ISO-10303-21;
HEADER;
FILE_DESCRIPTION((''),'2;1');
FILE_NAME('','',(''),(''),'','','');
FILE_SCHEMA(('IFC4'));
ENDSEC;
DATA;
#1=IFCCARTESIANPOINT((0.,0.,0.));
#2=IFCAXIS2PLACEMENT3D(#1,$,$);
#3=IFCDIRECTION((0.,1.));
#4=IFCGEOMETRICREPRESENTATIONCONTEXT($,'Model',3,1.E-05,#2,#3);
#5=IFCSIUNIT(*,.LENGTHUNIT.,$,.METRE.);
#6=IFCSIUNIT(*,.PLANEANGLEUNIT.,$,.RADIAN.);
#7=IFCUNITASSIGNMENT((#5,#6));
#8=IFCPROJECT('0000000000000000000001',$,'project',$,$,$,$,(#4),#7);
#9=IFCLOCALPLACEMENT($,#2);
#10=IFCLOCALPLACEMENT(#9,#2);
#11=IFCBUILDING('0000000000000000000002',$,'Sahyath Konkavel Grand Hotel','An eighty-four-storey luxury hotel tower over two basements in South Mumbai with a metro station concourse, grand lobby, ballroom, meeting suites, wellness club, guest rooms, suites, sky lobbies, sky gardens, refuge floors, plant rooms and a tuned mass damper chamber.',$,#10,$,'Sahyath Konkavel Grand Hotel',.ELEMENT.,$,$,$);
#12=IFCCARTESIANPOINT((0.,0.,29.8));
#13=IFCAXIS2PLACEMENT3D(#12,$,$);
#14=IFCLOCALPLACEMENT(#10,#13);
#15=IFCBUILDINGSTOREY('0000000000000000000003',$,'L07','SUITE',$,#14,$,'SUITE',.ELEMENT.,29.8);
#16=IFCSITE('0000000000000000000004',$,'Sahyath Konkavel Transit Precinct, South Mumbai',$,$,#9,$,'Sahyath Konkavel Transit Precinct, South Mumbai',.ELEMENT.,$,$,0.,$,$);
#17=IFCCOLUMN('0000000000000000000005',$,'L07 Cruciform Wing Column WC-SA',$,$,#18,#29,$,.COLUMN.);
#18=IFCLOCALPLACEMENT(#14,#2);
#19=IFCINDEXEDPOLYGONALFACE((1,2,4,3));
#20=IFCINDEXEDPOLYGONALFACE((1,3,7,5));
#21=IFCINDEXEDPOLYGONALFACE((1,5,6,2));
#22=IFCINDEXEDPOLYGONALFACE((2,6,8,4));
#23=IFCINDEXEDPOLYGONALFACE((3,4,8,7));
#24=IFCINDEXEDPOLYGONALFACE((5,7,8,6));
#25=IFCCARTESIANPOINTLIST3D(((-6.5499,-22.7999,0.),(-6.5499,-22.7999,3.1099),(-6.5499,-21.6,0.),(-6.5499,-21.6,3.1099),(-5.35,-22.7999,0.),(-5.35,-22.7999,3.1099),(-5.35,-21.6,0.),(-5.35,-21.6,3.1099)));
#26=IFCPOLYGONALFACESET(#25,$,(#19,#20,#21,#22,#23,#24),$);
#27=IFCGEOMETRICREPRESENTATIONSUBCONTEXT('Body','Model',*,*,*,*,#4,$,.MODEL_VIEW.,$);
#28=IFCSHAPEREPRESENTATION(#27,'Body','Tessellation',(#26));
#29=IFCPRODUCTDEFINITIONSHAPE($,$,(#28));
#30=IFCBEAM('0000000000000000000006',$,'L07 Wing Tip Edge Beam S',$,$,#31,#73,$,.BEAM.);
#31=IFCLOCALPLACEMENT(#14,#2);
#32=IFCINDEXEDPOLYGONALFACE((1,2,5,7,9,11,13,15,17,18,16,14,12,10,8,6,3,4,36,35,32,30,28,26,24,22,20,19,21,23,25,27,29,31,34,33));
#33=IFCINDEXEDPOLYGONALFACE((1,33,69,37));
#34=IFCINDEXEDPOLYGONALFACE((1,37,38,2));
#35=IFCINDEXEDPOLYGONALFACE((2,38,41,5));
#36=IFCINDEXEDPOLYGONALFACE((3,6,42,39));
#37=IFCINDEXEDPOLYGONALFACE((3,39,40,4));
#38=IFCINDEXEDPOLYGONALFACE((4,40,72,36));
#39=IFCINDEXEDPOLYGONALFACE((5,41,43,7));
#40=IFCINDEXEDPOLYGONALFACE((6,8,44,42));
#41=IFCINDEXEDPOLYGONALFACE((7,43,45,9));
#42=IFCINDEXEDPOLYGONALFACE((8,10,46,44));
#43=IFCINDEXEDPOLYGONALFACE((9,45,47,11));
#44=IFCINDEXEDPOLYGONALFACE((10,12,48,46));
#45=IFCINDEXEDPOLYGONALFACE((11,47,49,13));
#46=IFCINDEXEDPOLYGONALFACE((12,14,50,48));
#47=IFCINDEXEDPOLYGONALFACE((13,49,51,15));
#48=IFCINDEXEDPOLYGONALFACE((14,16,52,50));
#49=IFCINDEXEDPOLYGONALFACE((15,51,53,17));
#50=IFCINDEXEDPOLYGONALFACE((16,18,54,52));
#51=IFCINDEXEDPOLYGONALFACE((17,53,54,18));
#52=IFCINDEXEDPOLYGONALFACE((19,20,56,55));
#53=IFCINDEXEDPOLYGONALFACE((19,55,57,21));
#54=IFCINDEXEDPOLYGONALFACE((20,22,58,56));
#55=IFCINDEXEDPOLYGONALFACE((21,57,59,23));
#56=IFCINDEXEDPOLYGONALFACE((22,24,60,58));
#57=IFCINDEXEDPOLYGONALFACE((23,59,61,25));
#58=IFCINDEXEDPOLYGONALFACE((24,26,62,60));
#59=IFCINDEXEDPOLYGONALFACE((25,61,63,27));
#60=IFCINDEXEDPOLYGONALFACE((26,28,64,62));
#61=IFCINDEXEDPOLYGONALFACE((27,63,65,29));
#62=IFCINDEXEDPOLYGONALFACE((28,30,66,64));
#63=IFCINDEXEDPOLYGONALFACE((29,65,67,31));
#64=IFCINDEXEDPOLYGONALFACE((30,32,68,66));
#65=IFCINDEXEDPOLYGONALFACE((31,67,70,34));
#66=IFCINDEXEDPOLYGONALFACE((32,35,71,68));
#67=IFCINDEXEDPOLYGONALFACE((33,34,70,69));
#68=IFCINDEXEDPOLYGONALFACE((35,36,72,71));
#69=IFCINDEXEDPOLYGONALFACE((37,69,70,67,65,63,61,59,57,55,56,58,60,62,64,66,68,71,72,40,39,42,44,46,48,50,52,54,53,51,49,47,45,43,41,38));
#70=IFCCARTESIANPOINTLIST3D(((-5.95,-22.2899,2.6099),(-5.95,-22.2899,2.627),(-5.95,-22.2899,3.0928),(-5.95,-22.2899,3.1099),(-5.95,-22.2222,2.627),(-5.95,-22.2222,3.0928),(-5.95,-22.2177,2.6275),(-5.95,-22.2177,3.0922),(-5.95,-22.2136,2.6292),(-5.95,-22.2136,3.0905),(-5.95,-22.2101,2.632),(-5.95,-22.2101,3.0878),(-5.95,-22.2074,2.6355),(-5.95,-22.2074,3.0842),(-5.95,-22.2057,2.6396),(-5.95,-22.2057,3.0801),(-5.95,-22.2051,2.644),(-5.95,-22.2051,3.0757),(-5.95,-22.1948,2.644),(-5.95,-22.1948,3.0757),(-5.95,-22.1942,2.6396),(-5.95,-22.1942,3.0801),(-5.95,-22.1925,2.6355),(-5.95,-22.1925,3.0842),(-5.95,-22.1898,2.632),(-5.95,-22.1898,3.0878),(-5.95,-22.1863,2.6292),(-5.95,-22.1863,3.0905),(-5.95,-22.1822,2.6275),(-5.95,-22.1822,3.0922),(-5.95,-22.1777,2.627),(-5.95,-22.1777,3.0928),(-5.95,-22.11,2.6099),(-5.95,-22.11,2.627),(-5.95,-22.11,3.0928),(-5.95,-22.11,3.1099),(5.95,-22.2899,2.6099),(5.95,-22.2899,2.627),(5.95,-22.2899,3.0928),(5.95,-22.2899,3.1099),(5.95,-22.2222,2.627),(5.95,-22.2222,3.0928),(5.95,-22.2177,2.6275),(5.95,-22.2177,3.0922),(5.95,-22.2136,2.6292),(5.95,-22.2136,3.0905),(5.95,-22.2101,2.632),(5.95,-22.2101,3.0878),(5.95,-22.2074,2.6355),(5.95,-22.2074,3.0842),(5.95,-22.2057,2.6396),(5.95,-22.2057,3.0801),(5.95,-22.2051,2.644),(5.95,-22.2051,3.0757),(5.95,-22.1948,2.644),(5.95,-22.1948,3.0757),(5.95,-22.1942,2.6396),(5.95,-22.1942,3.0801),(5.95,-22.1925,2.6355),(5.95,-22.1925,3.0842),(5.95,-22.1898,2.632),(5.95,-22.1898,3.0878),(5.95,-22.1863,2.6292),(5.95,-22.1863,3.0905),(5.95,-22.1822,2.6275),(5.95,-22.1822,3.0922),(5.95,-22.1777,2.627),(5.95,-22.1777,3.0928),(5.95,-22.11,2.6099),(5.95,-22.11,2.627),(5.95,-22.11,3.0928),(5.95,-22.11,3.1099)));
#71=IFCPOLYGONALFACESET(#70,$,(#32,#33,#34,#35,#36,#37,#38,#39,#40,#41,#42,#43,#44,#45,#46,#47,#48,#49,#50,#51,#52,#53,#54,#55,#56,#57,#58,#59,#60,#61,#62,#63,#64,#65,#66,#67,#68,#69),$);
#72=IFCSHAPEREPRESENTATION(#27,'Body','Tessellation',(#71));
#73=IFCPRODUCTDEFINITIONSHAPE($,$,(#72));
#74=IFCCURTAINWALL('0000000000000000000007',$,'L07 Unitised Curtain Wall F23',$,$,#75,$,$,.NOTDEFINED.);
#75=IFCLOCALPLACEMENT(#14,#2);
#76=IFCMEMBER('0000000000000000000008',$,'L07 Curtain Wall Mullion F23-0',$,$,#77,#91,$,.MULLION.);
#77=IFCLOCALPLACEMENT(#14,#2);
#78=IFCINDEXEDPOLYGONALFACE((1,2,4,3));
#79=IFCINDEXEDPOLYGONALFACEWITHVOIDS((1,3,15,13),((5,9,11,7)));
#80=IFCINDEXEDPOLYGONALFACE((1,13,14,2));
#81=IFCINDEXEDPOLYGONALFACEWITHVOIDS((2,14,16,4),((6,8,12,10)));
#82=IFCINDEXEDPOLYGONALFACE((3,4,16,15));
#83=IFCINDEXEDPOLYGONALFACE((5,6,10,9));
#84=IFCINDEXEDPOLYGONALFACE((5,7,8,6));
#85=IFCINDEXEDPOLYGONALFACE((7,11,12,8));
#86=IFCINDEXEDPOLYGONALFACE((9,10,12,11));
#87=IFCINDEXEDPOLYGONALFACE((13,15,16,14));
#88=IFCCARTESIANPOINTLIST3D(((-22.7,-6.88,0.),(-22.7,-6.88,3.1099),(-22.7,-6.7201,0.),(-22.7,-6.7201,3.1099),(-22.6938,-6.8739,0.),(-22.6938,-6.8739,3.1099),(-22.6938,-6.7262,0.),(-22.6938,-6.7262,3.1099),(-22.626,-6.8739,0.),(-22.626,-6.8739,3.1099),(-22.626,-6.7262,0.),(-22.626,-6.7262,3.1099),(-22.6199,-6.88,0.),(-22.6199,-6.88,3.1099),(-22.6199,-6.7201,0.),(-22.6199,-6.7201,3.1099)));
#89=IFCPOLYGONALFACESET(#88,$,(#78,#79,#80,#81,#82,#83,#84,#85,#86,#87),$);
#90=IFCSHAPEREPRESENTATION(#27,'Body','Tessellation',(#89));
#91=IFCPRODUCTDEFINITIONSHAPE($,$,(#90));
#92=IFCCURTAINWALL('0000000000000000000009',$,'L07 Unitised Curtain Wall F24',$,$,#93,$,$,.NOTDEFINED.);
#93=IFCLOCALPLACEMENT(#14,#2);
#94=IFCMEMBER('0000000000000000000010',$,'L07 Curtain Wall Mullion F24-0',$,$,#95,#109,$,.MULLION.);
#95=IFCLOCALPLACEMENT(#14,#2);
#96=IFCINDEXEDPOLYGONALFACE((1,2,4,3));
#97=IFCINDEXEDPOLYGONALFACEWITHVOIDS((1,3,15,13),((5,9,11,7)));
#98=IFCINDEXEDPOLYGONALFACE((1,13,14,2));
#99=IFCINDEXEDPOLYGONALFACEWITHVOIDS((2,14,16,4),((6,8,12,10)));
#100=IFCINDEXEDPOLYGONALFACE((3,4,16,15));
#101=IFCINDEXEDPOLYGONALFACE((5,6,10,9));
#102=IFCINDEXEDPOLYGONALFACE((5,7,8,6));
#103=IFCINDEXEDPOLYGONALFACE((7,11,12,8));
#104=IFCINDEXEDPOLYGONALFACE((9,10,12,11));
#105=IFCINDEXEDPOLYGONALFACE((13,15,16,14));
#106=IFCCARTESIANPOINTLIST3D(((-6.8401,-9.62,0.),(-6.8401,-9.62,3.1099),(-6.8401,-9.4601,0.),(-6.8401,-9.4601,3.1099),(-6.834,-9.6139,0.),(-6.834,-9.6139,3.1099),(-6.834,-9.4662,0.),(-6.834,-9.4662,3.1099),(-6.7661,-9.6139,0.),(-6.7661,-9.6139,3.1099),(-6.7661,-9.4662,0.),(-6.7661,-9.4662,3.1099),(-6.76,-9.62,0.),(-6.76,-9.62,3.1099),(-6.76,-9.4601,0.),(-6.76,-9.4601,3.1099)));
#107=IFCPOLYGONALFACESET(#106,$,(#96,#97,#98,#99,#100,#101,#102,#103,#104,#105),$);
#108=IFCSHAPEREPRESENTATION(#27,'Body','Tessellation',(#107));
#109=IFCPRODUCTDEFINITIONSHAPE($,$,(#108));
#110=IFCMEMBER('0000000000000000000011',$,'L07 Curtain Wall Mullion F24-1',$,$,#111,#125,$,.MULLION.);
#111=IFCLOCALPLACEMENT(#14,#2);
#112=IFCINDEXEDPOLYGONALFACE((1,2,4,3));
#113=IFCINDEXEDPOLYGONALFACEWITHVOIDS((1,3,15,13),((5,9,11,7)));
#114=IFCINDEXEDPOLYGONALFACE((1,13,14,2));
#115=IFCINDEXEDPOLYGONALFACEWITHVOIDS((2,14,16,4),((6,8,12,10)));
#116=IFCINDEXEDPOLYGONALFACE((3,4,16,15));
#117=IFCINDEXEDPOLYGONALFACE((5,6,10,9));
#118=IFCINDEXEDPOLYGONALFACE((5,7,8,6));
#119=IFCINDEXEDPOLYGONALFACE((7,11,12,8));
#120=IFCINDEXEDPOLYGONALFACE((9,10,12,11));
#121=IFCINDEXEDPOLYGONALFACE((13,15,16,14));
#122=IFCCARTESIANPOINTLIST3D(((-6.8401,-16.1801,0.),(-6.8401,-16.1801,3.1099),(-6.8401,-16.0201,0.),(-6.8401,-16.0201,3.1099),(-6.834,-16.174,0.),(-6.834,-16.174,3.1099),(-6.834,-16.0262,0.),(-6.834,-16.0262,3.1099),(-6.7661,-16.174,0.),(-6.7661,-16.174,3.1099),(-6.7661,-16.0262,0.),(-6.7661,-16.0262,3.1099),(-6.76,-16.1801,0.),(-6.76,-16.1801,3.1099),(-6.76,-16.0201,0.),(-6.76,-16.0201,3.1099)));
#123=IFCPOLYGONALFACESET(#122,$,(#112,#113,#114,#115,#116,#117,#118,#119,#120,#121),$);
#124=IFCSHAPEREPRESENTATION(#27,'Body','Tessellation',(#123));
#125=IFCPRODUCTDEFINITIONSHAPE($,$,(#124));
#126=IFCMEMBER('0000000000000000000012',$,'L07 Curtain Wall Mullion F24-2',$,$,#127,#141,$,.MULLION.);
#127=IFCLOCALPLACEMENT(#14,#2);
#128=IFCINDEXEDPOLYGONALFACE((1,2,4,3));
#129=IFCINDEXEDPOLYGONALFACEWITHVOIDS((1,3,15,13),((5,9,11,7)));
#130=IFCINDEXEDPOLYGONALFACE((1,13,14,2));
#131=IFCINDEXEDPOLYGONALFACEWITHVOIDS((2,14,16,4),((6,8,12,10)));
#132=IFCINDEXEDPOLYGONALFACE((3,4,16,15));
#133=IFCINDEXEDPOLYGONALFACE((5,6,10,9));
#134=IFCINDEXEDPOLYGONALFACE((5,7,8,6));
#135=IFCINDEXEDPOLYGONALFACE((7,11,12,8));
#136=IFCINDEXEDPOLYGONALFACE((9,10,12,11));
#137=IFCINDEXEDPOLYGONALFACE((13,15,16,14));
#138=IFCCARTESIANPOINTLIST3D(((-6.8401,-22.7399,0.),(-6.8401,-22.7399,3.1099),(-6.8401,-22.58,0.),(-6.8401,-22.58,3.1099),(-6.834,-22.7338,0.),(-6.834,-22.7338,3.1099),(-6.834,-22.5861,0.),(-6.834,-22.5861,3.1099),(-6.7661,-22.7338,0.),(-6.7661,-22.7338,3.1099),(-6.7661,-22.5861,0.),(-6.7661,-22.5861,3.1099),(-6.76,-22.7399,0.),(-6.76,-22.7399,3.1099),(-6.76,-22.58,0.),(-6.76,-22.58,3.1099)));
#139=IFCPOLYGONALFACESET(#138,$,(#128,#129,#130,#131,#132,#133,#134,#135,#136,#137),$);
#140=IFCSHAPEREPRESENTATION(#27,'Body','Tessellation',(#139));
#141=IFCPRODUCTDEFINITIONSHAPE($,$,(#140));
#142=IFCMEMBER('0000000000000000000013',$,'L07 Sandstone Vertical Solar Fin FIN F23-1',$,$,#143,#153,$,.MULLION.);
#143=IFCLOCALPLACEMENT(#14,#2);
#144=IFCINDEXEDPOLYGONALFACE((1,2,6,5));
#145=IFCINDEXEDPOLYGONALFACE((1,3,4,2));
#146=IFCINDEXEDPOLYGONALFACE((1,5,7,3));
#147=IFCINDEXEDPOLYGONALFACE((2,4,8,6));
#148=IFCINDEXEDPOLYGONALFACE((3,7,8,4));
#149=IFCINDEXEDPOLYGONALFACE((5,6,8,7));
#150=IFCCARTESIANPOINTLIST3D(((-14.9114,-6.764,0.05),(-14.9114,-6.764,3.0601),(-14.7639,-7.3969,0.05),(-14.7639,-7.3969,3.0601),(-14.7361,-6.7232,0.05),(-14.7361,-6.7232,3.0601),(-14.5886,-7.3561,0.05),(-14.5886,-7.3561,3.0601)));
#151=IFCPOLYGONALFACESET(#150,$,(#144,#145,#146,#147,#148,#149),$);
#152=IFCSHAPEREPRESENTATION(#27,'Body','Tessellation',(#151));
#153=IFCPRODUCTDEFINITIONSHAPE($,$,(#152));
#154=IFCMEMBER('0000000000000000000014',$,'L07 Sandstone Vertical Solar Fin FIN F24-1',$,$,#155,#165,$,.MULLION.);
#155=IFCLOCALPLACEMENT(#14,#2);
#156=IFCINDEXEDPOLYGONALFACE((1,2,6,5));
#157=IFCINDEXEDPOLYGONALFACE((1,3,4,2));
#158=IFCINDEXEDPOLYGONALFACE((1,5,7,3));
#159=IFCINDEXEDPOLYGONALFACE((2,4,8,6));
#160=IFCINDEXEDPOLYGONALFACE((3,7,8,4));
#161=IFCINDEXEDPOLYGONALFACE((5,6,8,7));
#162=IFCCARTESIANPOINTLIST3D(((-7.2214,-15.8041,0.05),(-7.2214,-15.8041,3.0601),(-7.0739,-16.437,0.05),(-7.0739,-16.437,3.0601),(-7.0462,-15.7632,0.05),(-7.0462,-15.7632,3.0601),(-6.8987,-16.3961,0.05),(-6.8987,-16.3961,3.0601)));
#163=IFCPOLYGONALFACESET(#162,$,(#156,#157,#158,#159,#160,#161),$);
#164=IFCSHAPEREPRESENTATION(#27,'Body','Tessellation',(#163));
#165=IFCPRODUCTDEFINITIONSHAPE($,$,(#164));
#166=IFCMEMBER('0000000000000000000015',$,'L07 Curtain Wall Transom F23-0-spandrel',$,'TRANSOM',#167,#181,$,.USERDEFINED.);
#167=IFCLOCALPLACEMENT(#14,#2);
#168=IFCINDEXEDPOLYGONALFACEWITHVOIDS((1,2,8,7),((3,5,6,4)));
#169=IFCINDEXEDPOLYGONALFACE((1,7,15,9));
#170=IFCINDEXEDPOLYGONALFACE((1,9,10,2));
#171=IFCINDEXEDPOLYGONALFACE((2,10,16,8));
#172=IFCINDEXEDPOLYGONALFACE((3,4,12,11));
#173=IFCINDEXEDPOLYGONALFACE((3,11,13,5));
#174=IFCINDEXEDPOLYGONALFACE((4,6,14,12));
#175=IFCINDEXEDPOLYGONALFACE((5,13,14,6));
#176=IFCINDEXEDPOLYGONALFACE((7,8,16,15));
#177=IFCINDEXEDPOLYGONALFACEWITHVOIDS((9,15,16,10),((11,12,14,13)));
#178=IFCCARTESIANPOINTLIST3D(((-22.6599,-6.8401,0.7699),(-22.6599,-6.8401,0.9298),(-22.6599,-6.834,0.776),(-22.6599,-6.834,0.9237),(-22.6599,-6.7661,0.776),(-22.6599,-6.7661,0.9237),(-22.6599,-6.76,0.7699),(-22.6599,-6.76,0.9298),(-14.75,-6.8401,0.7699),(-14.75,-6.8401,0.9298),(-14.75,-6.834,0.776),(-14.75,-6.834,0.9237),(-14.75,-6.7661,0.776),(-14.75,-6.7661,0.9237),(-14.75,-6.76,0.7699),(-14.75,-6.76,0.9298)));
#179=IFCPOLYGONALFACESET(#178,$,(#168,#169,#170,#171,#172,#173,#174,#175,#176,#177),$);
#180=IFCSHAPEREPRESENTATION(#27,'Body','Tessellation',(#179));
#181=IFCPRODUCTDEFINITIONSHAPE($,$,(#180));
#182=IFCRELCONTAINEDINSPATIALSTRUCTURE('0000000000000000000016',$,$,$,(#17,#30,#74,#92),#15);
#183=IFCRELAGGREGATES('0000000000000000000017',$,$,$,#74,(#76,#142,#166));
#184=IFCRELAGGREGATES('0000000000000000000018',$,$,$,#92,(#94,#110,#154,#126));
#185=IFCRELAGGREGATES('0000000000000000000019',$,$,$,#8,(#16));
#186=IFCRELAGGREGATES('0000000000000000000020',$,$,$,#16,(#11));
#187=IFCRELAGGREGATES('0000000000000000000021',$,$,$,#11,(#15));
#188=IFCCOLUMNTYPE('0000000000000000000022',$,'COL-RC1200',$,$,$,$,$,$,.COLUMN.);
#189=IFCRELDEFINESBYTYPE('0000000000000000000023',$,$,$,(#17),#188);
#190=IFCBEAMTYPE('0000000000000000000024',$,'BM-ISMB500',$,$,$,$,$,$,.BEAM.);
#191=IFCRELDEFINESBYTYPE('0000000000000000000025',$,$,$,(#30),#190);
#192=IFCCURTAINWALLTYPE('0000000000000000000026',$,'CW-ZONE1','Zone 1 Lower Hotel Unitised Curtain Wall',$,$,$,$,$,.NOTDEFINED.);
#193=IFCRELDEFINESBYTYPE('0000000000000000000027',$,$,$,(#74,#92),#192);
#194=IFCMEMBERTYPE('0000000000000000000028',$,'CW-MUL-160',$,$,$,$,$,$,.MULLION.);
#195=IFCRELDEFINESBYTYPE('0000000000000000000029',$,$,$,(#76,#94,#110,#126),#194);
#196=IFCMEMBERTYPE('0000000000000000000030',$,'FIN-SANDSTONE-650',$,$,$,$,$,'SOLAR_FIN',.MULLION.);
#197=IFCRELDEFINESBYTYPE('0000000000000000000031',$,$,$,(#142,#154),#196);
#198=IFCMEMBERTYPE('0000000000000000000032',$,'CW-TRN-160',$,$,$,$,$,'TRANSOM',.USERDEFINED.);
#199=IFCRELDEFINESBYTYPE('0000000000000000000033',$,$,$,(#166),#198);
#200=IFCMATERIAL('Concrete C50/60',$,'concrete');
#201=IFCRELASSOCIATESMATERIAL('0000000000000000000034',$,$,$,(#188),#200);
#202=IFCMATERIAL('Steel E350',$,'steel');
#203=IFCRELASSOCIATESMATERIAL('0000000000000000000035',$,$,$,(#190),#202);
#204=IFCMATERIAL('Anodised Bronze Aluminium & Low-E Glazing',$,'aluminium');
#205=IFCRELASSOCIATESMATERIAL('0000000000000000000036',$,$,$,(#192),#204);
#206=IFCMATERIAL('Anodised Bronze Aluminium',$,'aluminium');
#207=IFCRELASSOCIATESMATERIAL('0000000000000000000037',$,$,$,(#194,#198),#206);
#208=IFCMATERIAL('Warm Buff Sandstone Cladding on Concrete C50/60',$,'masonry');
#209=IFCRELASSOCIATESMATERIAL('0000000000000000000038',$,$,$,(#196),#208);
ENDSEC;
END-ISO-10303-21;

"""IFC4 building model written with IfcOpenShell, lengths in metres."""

from ifc_helpers import new_model, si_unit, direction, frame, origin, origin_2d, place, context, subcontext, project, spatial, rectangle, hollow_rectangle, i_section, extrude, source, transform, mapped, material, material_profile, profile_set, type_object, element, aggregate, save


model = new_model("IFC4")

# Units and contexts
model_context = context("Model", 3, precision=1e-05, world=origin(), true_north=direction((0.0, 1.0)))
body_context = subcontext(model_context, "Body", "Model", "MODEL_VIEW")
ifc_project = project(units=[si_unit("LENGTHUNIT", "METRE"), si_unit("PLANEANGLEUNIT", "RADIAN")], contexts=[model_context])

# Site, building, storey
site_placement = place(None, origin())
site = spatial("IfcSite", under=ifc_project, at=site_placement, Name="Sahyath Konkavel Transit Precinct, South Mumbai", LongName="Sahyath Konkavel Transit Precinct, South Mumbai", CompositionType="ELEMENT", RefElevation=0.0)
building_placement = place(site_placement, origin())
building = spatial("IfcBuilding", under=site, at=building_placement, Name="Sahyath Konkavel Grand Hotel", Description="An eighty-four-storey luxury hotel tower over two basements in South Mumbai with a metro station concourse, grand lobby, ballroom, meeting suites, wellness club, guest rooms, suites, sky lobbies, sky gardens, refuge floors, plant rooms and a tuned mass damper chamber.", LongName="Sahyath Konkavel Grand Hotel", CompositionType="ELEMENT")
storey_placement = place(building_placement, frame((0.0, 0.0, 29.8)))
storey = spatial("IfcBuildingStorey", under=building, at=storey_placement, Name="L07", Description="SUITE", LongName="SUITE", CompositionType="ELEMENT", Elevation=29.8)

# Column
ifc_material_1 = material(Name="Concrete C50/60", Category="concrete")
ifc_material_profile_1 = material_profile(ifc_material_1, rectangle(XDim=1.2, YDim=1.2, at=origin_2d()), Name="RC 1200x1200")
ifc_profile_set_1 = profile_set([ifc_material_profile_1], Name="Concrete C50/60")
column_type = type_object("IfcColumnType", Name="COL-RC1200", PredefinedType="COLUMN", material=ifc_profile_set_1)
shared_shape_1 = source(origin(), body_context, "Body", "SweptSolid", [
    extrude(rectangle(XDim=1.2, YDim=1.2, at=origin_2d()), origin(), (0.0, 0.0, 1.0), 3.1099),
])
column_placement = place(storey_placement, frame((-5.95, -22.2, 0.0), z_axis=(0.0, 0.0, 1.0), x_axis=(1.0, 0.0, 0.0)))
element("IfcColumn", 1, at=column_placement, inside=storey, type_object=column_type, Name="L07 Cruciform Wing Column WC-SA", PredefinedType="COLUMN", context=body_context, shape_type="MappedRepresentation", body=[
    mapped(shared_shape_1, transform((0.0, 0.0, 0.0), scale=1.0)),
])

# Beam
ifc_material_2 = material(Name="Steel E350", Category="steel")
ifc_material_profile_2 = material_profile(ifc_material_2, i_section(OverallWidth=0.1799, OverallDepth=0.5, WebThickness=0.0103, FlangeThickness=0.0171, FilletRadius=0.0171, at=origin_2d()), Name="ISMB 500")
ifc_profile_set_2 = profile_set([ifc_material_profile_2], Name="Steel E350")
beam_type = type_object("IfcBeamType", Name="BM-ISMB500", PredefinedType="BEAM", material=ifc_profile_set_2)
shared_shape_2 = source(origin(), body_context, "Body", "SweptSolid", [
    extrude(i_section(OverallWidth=0.1799, OverallDepth=0.5, WebThickness=0.0103, FlangeThickness=0.0171, FilletRadius=0.0171, at=origin_2d()), origin(), (0.0, 0.0, 1.0), 11.8999),
])
beam_placement = place(storey_placement, frame((-5.95, -22.2, 2.8599), z_axis=(1.0, 0.0, 0.0), x_axis=(0.0, 1.0, 0.0)))
element("IfcBeam", 2, at=beam_placement, inside=storey, type_object=beam_type, Name="L07 Wing Tip Edge Beam S", PredefinedType="BEAM", context=body_context, shape_type="MappedRepresentation", body=[
    mapped(shared_shape_2, transform((0.0, 0.0, 0.0), scale=1.0)),
])

# Curtain wall, member
ifc_material_3 = material(Name="Anodised Bronze Aluminium & Low-E Glazing", Category="aluminium")
curtain_wall_type = type_object("IfcCurtainWallType", Name="CW-ZONE1", Description="Zone 1 Lower Hotel Unitised Curtain Wall", PredefinedType="NOTDEFINED", material=ifc_material_3)
curtain_wall_1_placement = place(storey_placement, origin())
curtain_wall_1 = element("IfcCurtainWall", 3, at=curtain_wall_1_placement, inside=storey, type_object=curtain_wall_type, Name="L07 Unitised Curtain Wall F23", PredefinedType="NOTDEFINED")
ifc_material_4 = material(Name="Anodised Bronze Aluminium", Category="aluminium")
ifc_material_profile_3 = material_profile(ifc_material_4, hollow_rectangle(XDim=0.0801, YDim=0.1599, WallThickness=0.0061, at=origin_2d()), Name="RHS 160x80x6")
ifc_profile_set_3 = profile_set([ifc_material_profile_3], Name="Anodised Bronze Aluminium")
member_type_1 = type_object("IfcMemberType", Name="CW-MUL-160", PredefinedType="MULLION", material=ifc_profile_set_3)
shared_shape_3 = source(origin(), body_context, "Body", "SweptSolid", [
    extrude(hollow_rectangle(XDim=0.0801, YDim=0.1599, WallThickness=0.0061, at=origin_2d()), origin(), (0.0, 0.0, 1.0), 3.1099),
])
member_1_placement = place(storey_placement, frame((-22.6599, -6.8, 0.0), z_axis=(0.0, 0.0, 1.0), x_axis=(1.0, 0.0, 0.0)))
member_1 = element("IfcMember", 4, at=member_1_placement, type_object=member_type_1, Name="L07 Curtain Wall Mullion F23-0", PredefinedType="MULLION", context=body_context, shape_type="MappedRepresentation", body=[
    mapped(shared_shape_3, transform((0.0, 0.0, 0.0), scale=1.0)),
])

# Curtain wall, members
curtain_wall_2_placement = place(storey_placement, origin())
curtain_wall_2 = element("IfcCurtainWall", 5, at=curtain_wall_2_placement, inside=storey, type_object=curtain_wall_type, Name="L07 Unitised Curtain Wall F24", PredefinedType="NOTDEFINED")
member_2_placement = place(storey_placement, frame((-6.8, -9.54, 0.0), z_axis=(0.0, 0.0, 1.0), x_axis=(1.0, 0.0, 0.0)))
member_2 = element("IfcMember", 6, at=member_2_placement, type_object=member_type_1, Name="L07 Curtain Wall Mullion F24-0", PredefinedType="MULLION", context=body_context, shape_type="MappedRepresentation", body=[
    mapped(shared_shape_3, transform((0.0, 0.0, 0.0), scale=1.0)),
])
member_3_placement = place(storey_placement, frame((-6.8, -16.1001, 0.0), z_axis=(0.0, 0.0, 1.0), x_axis=(1.0, 0.0, 0.0)))
member_3 = element("IfcMember", 7, at=member_3_placement, type_object=member_type_1, Name="L07 Curtain Wall Mullion F24-1", PredefinedType="MULLION", context=body_context, shape_type="MappedRepresentation", body=[
    mapped(shared_shape_3, transform((0.0, 0.0, 0.0), scale=1.0)),
])
member_4_placement = place(storey_placement, frame((-6.8, -22.6599, 0.0), z_axis=(0.0, 0.0, 1.0), x_axis=(1.0, 0.0, 0.0)))
member_4 = element("IfcMember", 8, at=member_4_placement, type_object=member_type_1, Name="L07 Curtain Wall Mullion F24-2", PredefinedType="MULLION", context=body_context, shape_type="MappedRepresentation", body=[
    mapped(shared_shape_3, transform((0.0, 0.0, 0.0), scale=1.0)),
])

# Members
ifc_material_5 = material(Name="Warm Buff Sandstone Cladding on Concrete C50/60", Category="masonry")
ifc_material_profile_4 = material_profile(ifc_material_5, rectangle(XDim=0.1799, YDim=0.6499, at=origin_2d()), Name="FIN 180x650")
ifc_profile_set_4 = profile_set([ifc_material_profile_4], Name="Warm Buff Sandstone Cladding on Concrete C50/60")
member_type_2 = type_object("IfcMemberType", Name="FIN-SANDSTONE-650", ElementType="SOLAR_FIN", PredefinedType="MULLION", material=ifc_profile_set_4)
shared_shape_4 = source(origin(), body_context, "Body", "SweptSolid", [
    extrude(rectangle(XDim=0.1799, YDim=0.6499, at=origin_2d()), origin(), (0.0, 0.0, 1.0), 3.01),
])
member_5_placement = place(storey_placement, frame((-14.75, -7.0601, 0.05), z_axis=(0.0, 0.0, 1.0), x_axis=(0.973897, 0.226991, 0.0)))
member_5 = element("IfcMember", 9, at=member_5_placement, type_object=member_type_2, Name="L07 Sandstone Vertical Solar Fin FIN F23-1", PredefinedType="MULLION", context=body_context, shape_type="MappedRepresentation", body=[
    mapped(shared_shape_4, transform((0.0, 0.0, 0.0), scale=1.0)),
])
member_6_placement = place(storey_placement, frame((-7.0601, -16.1001, 0.05), z_axis=(0.0, 0.0, 1.0), x_axis=(0.973897, 0.226991, 0.0)))
member_6 = element("IfcMember", 10, at=member_6_placement, type_object=member_type_2, Name="L07 Sandstone Vertical Solar Fin FIN F24-1", PredefinedType="MULLION", context=body_context, shape_type="MappedRepresentation", body=[
    mapped(shared_shape_4, transform((0.0, 0.0, 0.0), scale=1.0)),
])
ifc_material_profile_5 = material_profile(ifc_material_4, hollow_rectangle(XDim=0.0801, YDim=0.1599, WallThickness=0.0061, at=origin_2d()), Name="RHS 160x80x6")
ifc_profile_set_5 = profile_set([ifc_material_profile_5], Name="Anodised Bronze Aluminium")
member_type_3 = type_object("IfcMemberType", Name="CW-TRN-160", ElementType="TRANSOM", PredefinedType="USERDEFINED", material=ifc_profile_set_5)
shared_shape_5 = source(origin(), body_context, "Body", "SweptSolid", [
    extrude(hollow_rectangle(XDim=0.0801, YDim=0.1599, WallThickness=0.0061, at=origin_2d()), origin(), (0.0, 0.0, 1.0), 7.9099),
])
member_7_placement = place(storey_placement, frame((-22.6599, -6.8, 0.8499), z_axis=(1.0, 0.0, 0.0), x_axis=(0.0, 1.0, 0.0)))
member_7 = element("IfcMember", 11, at=member_7_placement, type_object=member_type_3, Name="L07 Curtain Wall Transom F23-0-spandrel", ObjectType="TRANSOM", PredefinedType="USERDEFINED", context=body_context, shape_type="MappedRepresentation", body=[
    mapped(shared_shape_5, transform((0.0, 0.0, 0.0), scale=1.0)),
])

aggregate(curtain_wall_1, [member_1, member_5, member_7])
aggregate(curtain_wall_2, [member_2, member_3, member_6, member_4])

save(model, "model.ifc")
